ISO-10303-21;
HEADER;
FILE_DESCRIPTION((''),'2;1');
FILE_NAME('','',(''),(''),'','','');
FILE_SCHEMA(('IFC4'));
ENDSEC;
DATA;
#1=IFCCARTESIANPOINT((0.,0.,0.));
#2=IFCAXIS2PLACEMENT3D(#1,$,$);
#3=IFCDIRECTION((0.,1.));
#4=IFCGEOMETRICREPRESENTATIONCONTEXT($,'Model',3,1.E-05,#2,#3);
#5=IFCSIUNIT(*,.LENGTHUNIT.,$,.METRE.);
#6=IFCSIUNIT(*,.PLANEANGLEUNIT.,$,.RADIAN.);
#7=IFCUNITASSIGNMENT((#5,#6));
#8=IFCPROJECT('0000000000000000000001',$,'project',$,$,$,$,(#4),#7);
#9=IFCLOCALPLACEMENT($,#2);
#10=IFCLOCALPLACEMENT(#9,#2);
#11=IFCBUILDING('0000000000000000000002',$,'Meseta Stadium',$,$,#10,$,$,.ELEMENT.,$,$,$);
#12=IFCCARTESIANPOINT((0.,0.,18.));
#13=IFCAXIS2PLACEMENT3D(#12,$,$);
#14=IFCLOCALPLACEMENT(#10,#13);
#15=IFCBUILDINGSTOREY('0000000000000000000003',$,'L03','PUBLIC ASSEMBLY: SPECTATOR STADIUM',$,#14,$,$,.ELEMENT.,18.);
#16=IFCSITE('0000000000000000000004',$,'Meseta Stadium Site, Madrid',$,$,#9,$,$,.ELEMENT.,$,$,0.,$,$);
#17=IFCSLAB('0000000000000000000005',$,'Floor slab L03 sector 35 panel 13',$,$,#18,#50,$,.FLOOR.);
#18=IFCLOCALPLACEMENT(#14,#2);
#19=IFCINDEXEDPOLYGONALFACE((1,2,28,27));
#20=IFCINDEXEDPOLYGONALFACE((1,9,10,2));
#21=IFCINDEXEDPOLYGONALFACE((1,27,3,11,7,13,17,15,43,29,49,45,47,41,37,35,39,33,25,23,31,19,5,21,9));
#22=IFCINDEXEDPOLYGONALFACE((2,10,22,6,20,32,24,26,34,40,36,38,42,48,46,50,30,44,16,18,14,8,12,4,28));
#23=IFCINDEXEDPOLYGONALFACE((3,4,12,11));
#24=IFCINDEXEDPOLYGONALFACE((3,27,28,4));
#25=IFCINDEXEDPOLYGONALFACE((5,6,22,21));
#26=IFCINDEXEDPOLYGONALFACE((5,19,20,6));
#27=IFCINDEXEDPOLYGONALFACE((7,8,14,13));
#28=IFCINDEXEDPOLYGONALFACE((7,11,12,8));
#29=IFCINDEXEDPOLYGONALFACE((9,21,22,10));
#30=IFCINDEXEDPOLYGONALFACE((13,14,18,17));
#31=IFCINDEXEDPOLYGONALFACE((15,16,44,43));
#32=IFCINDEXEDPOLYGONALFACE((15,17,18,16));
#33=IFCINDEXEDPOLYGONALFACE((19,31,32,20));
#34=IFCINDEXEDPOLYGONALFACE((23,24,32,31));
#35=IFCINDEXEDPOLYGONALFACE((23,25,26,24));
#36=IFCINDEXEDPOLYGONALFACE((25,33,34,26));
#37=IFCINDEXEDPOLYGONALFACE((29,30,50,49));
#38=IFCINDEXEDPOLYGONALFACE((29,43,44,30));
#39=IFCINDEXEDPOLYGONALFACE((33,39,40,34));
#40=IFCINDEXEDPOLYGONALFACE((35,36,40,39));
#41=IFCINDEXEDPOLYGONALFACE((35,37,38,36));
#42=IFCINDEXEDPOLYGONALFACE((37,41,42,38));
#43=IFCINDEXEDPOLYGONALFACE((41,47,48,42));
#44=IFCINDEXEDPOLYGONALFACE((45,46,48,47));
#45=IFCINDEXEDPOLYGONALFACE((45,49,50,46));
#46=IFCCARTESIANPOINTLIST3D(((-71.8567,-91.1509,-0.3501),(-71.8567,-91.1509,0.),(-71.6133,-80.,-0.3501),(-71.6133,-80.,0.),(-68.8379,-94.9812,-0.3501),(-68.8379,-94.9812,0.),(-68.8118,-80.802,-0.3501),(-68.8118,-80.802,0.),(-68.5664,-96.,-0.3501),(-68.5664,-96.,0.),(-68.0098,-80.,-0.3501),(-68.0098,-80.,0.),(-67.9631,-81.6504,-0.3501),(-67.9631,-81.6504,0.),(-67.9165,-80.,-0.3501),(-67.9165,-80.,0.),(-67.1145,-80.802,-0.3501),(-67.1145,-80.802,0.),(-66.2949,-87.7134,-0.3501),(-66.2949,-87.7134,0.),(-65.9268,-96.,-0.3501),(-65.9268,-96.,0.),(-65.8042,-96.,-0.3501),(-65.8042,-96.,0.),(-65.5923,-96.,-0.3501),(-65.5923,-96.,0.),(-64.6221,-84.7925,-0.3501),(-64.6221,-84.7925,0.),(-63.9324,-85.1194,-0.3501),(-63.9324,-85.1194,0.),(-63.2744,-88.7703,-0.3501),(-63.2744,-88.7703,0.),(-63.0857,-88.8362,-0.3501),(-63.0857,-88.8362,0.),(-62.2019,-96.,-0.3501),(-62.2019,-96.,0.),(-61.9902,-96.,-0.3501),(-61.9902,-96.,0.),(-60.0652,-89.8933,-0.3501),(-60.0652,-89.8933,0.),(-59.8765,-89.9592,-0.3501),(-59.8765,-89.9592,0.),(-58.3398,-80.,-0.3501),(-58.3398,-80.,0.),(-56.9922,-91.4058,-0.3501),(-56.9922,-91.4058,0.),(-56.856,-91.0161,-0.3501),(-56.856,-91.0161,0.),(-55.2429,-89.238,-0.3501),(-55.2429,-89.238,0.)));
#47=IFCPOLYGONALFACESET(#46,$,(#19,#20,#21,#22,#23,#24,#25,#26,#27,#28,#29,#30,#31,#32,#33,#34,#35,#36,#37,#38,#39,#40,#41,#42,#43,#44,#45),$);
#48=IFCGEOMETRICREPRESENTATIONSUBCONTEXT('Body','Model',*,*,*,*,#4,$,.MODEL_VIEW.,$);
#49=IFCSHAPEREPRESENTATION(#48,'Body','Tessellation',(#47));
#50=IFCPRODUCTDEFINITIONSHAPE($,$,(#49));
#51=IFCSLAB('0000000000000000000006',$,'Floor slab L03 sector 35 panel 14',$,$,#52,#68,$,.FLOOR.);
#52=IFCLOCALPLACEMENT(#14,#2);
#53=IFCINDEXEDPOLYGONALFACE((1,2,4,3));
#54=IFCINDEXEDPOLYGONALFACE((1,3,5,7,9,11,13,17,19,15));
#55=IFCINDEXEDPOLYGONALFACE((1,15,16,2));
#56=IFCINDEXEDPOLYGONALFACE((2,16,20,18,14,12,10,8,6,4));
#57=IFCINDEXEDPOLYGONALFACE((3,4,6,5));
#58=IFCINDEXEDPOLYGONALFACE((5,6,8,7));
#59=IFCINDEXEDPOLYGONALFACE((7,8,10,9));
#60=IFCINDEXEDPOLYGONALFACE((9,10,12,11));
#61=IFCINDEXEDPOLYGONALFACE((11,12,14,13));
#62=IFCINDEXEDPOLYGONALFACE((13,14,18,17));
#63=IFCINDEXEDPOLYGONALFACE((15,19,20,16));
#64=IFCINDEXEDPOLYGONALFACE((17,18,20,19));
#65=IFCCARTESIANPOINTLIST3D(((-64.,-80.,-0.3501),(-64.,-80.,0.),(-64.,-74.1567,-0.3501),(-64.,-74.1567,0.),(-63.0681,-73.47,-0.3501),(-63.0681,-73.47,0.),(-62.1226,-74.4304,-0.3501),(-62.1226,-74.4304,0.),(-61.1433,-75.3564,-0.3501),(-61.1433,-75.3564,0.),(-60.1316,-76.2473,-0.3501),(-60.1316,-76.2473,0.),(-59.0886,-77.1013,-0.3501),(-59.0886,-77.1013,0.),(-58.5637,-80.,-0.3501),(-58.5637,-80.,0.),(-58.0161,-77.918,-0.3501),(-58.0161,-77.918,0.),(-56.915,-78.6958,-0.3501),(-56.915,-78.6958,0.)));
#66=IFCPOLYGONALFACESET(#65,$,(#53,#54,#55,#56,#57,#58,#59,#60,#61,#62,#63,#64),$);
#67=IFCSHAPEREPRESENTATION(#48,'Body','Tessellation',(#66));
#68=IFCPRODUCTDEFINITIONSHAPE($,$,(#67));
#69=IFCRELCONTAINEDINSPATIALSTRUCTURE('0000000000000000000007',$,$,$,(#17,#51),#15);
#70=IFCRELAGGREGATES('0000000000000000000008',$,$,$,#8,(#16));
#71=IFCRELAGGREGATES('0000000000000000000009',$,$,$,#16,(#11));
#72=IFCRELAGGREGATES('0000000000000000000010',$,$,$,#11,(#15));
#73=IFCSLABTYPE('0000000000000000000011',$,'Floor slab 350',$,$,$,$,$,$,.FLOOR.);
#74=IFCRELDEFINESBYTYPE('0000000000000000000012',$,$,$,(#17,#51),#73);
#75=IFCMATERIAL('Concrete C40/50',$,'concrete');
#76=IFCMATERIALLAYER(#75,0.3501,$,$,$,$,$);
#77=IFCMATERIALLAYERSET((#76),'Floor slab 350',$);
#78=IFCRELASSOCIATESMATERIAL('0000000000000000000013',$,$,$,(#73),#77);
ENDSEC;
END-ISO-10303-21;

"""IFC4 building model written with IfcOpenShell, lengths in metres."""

from ifc_helpers import new_model, si_unit, direction, frame, origin, place, context, subcontext, project, spatial, polyline, outline, extrude, material, layer, layer_set, type_object, element, save


model = new_model("IFC4")

# Units and contexts
model_context = context("Model", 3, precision=1e-05, world=origin(), true_north=direction((0.0, 1.0)))
body_context = subcontext(model_context, "Body", "Model", "MODEL_VIEW")
ifc_project = project(units=[si_unit("LENGTHUNIT", "METRE"), si_unit("PLANEANGLEUNIT", "RADIAN")], contexts=[model_context])

# Site, building, storey
site_placement = place(None, origin())
site = spatial("IfcSite", under=ifc_project, at=site_placement, Name="Meseta Stadium Site, Madrid", CompositionType="ELEMENT", RefElevation=0.0)
building_placement = place(site_placement, origin())
building = spatial("IfcBuilding", under=site, at=building_placement, Name="Meseta Stadium", CompositionType="ELEMENT")
storey_placement = place(building_placement, frame((0.0, 0.0, 18.0)))
storey = spatial("IfcBuildingStorey", under=building, at=storey_placement, Name="L03", Description="PUBLIC ASSEMBLY: SPECTATOR STADIUM", CompositionType="ELEMENT", Elevation=18.0)

# Slabs
ifc_material = material(Name="Concrete C40/50", Category="concrete")
ifc_layer = layer(ifc_material, 0.3501)
ifc_layer_set = layer_set([ifc_layer], Name="Floor slab 350")
slab_type = type_object("IfcSlabType", Name="Floor slab 350", PredefinedType="FLOOR", material=ifc_layer_set)
slab_1_placement = place(storey_placement, frame((0.0, 0.0, -0.3501)))
element("IfcSlab", 1, at=slab_1_placement, inside=storey, type_object=slab_type, Name="Floor slab L03 sector 35 panel 13", PredefinedType="FLOOR", context=body_context, shape_type="SweptSolid", body=[
    extrude(outline(polyline([(-67.1145, -80.802), (-67.9631, -81.6504), (-68.8118, -80.802), (-68.0098, -80.0), (-71.6133, -80.0), (-64.6221, -84.7925), (-71.8567, -91.1509), (-68.5664, -96.0), (-65.9268, -96.0), (-68.8379, -94.9812), (-66.2949, -87.7134), (-63.2744, -88.7703), (-65.8042, -96.0), (-65.5923, -96.0), (-63.0857, -88.8362), (-60.0652, -89.8933), (-62.2019, -96.0), (-61.9902, -96.0), (-59.8765, -89.9592), (-56.856, -91.0161), (-56.9922, -91.4058), (-55.2429, -89.238), (-63.9324, -85.1194), (-58.3398, -80.0), (-67.9165, -80.0), (-67.1145, -80.802)])), origin(), (0.0, 0.0, 1.0), 0.3501),
])
slab_2_placement = place(storey_placement, frame((0.0, 0.0, -0.3501)))
element("IfcSlab", 2, at=slab_2_placement, inside=storey, type_object=slab_type, Name="Floor slab L03 sector 35 panel 14", PredefinedType="FLOOR", context=body_context, shape_type="SweptSolid", body=[
    extrude(outline(polyline([(-61.1433, -75.3564), (-62.1226, -74.4304), (-63.0681, -73.47), (-64.0, -74.1567), (-64.0, -80.0), (-58.5637, -80.0), (-56.915, -78.6958), (-58.0161, -77.918), (-59.0886, -77.1013), (-60.1316, -76.2473), (-61.1433, -75.3564)])), origin(), (0.0, 0.0, 1.0), 0.3501),
])

save(model, "model.ifc")
